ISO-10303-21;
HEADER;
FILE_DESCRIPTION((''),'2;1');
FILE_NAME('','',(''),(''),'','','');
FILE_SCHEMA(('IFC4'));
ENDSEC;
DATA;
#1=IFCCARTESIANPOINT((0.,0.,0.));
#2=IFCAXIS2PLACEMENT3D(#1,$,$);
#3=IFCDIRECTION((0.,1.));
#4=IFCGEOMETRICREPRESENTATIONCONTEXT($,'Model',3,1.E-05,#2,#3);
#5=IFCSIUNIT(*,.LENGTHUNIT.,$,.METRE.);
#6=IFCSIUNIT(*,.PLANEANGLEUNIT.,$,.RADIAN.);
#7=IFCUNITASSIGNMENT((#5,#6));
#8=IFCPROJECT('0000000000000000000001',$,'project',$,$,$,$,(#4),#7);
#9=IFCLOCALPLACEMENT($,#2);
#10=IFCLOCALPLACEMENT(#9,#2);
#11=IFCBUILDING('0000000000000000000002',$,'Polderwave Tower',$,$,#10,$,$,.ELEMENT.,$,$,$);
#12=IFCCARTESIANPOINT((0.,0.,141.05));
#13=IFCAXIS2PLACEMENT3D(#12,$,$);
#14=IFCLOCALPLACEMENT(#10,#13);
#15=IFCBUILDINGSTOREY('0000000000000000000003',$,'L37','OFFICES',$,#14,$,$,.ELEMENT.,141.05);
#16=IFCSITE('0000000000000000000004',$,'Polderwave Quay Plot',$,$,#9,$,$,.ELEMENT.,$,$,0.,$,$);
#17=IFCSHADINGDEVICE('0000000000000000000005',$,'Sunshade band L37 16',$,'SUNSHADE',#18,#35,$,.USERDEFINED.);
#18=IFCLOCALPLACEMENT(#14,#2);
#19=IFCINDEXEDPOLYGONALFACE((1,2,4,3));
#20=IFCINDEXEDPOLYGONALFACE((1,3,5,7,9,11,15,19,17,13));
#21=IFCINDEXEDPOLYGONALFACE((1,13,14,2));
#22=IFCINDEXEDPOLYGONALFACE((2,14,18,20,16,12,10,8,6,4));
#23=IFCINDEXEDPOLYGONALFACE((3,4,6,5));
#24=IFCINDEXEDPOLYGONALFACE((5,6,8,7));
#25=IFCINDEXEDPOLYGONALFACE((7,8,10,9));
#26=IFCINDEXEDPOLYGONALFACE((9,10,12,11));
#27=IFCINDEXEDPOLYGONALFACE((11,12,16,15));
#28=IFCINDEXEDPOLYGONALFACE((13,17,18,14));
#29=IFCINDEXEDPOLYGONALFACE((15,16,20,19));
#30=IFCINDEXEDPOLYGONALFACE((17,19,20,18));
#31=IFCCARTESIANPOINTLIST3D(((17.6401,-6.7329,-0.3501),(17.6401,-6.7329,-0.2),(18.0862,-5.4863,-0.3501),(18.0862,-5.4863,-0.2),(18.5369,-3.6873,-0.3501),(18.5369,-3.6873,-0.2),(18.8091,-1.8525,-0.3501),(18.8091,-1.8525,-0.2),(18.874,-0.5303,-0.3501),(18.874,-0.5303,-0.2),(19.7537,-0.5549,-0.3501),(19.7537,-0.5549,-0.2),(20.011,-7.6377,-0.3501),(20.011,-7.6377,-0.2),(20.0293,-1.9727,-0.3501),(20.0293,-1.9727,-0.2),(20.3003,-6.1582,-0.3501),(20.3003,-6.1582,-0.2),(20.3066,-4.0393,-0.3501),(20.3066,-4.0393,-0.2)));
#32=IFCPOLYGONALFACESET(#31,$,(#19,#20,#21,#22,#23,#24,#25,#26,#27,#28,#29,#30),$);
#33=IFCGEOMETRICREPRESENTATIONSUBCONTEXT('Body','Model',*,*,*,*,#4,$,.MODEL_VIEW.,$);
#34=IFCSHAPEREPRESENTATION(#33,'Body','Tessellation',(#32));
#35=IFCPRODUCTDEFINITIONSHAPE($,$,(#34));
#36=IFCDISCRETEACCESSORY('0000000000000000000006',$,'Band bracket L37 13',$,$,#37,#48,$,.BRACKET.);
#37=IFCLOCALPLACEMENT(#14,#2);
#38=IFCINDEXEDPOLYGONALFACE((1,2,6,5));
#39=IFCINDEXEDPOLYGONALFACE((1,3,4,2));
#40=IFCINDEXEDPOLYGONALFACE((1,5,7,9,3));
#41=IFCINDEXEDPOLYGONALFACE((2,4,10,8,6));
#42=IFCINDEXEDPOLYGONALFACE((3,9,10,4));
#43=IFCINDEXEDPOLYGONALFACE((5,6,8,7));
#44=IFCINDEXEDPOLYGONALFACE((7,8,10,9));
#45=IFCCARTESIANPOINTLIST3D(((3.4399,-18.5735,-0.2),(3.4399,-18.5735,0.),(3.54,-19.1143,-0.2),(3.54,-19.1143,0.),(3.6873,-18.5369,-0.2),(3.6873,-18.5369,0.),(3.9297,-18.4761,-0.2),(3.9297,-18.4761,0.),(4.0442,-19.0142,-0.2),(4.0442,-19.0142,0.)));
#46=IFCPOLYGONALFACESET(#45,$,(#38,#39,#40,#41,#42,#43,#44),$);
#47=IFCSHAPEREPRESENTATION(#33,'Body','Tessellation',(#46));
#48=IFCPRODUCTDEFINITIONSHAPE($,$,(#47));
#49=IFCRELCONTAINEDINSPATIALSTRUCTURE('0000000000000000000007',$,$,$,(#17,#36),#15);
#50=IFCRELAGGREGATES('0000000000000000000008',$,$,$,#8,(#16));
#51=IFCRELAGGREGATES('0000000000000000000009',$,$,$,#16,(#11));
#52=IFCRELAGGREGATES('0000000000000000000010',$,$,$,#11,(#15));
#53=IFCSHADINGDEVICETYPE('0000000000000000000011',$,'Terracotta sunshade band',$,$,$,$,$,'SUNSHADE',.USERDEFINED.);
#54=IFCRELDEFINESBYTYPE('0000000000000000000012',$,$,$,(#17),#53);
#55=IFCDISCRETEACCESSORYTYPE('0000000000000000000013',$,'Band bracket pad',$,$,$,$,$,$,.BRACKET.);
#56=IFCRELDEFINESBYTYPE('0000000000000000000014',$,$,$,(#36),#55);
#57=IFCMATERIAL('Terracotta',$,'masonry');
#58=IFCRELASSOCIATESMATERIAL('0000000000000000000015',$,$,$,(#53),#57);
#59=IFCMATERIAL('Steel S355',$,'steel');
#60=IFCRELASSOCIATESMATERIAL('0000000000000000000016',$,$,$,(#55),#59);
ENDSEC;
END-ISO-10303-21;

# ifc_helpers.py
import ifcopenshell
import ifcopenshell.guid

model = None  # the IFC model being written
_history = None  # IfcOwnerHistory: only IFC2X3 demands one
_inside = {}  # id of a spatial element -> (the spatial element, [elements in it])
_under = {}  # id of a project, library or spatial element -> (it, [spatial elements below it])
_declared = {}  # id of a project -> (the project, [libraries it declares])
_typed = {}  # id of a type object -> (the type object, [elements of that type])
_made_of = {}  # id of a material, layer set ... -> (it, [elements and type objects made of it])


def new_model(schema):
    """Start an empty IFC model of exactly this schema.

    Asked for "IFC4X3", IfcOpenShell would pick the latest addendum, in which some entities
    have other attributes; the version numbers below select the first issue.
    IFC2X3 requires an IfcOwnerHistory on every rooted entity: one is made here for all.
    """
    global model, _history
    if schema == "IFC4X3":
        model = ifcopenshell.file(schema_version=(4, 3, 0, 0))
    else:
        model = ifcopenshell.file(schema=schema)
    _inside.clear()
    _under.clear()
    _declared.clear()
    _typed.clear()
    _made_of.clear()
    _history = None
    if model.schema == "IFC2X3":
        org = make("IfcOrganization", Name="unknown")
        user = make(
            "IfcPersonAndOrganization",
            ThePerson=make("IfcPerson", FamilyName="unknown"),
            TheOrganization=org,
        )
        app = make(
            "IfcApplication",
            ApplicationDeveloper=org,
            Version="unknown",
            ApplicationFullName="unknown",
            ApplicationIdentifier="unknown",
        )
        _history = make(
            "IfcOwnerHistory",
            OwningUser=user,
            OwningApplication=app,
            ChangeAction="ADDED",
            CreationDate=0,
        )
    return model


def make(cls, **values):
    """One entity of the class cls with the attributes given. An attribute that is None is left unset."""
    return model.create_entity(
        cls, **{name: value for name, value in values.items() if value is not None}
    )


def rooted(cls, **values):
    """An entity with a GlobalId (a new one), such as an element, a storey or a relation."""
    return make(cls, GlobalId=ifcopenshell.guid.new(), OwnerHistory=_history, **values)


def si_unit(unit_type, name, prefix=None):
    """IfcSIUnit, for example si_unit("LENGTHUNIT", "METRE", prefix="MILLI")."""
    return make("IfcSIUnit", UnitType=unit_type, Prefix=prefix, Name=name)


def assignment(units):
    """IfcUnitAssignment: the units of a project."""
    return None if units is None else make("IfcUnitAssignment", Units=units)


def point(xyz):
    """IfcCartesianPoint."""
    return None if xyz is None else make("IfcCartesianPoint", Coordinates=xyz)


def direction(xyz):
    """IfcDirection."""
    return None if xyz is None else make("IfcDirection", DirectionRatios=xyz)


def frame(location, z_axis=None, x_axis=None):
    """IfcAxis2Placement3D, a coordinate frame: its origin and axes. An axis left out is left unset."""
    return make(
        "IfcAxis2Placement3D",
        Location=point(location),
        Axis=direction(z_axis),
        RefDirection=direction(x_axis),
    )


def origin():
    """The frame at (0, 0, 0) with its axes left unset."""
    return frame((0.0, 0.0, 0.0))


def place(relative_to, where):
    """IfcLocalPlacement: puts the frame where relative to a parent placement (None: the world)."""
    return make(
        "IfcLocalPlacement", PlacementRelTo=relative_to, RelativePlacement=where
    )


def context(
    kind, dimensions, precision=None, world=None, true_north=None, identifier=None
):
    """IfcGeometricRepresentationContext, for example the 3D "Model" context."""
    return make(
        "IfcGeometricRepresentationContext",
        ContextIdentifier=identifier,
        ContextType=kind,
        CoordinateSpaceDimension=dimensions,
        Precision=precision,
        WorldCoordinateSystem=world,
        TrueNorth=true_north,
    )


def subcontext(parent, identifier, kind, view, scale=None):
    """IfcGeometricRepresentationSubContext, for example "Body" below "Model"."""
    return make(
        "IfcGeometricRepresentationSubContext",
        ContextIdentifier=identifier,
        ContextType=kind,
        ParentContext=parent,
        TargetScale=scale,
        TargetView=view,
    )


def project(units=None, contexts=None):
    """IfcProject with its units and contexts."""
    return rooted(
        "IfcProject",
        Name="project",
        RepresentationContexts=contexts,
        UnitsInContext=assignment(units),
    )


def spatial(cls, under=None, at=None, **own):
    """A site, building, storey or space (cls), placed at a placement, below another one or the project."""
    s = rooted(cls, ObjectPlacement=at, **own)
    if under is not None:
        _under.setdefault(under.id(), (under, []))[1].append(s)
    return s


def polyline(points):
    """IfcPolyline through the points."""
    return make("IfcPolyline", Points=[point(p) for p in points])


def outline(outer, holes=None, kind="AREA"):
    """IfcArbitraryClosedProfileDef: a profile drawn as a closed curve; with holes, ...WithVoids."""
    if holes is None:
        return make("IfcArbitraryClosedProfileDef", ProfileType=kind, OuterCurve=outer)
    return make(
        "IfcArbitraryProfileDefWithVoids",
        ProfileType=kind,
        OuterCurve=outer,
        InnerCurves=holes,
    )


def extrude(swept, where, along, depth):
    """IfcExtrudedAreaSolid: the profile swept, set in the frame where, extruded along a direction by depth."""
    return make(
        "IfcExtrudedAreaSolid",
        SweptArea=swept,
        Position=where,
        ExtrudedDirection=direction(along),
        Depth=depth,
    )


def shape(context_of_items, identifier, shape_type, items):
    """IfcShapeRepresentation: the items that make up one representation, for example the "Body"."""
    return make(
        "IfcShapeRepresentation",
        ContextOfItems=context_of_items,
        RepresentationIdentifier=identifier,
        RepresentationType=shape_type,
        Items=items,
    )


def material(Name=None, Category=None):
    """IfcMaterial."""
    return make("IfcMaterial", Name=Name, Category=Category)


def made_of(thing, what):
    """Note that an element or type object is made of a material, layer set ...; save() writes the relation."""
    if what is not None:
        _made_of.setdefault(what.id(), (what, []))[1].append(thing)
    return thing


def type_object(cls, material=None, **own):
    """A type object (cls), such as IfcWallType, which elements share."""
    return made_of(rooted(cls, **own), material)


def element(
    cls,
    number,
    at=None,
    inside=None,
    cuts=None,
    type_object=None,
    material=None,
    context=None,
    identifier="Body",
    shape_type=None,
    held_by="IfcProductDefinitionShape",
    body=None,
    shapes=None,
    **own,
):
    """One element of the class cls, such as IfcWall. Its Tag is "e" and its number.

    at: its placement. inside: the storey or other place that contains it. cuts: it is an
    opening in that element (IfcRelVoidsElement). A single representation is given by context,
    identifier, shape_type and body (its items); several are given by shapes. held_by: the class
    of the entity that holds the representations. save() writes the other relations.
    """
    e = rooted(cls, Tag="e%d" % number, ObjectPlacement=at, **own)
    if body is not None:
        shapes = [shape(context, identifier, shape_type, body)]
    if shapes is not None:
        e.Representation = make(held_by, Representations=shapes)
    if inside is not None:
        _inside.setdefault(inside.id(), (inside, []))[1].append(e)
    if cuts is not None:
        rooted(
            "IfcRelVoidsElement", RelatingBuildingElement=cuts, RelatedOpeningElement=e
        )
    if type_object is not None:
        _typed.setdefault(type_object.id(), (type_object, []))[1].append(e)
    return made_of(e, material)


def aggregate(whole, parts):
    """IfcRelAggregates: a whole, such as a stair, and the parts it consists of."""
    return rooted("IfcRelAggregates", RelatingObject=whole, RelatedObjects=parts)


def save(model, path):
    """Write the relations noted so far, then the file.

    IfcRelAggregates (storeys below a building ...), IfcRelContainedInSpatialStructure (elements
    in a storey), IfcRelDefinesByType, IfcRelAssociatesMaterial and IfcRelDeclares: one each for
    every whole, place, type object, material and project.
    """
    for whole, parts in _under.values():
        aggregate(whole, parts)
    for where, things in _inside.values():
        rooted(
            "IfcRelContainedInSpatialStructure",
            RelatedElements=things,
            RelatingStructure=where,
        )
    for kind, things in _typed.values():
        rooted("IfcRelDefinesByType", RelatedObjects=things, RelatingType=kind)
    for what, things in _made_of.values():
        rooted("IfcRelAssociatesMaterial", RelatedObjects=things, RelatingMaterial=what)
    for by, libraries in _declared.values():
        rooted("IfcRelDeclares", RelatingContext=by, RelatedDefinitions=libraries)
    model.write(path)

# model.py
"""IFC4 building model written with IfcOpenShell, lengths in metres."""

from ifc_helpers import new_model, si_unit, direction, frame, origin, place, context, subcontext, project, spatial, polyline, outline, extrude, material, type_object, element, save


model = new_model("IFC4")

# Units and contexts
model_context = context("Model", 3, precision=1e-05, world=origin(), true_north=direction((0.0, 1.0)))
body_context = subcontext(model_context, "Body", "Model", "MODEL_VIEW")
ifc_project = project(units=[si_unit("LENGTHUNIT", "METRE"), si_unit("PLANEANGLEUNIT", "RADIAN")], contexts=[model_context])

# Site, building, storey
site_placement = place(None, origin())
site = spatial("IfcSite", under=ifc_project, at=site_placement, Name="Polderwave Quay Plot", CompositionType="ELEMENT", RefElevation=0.0)
building_placement = place(site_placement, origin())
building = spatial("IfcBuilding", under=site, at=building_placement, Name="Polderwave Tower", CompositionType="ELEMENT")
storey_placement = place(building_placement, frame((0.0, 0.0, 141.05)))
storey = spatial("IfcBuildingStorey", under=building, at=storey_placement, Name="L37", Description="OFFICES", CompositionType="ELEMENT", Elevation=141.05)

# Shading device
ifc_material_1 = material(Name="Terracotta", Category="masonry")
shading_device_type = type_object("IfcShadingDeviceType", Name="Terracotta sunshade band", ElementType="SUNSHADE", PredefinedType="USERDEFINED", material=ifc_material_1)
shading_device_1_placement = place(storey_placement, frame((0.0, 0.0, -0.3501)))
element("IfcShadingDevice", 1, at=shading_device_1_placement, inside=storey, type_object=shading_device_type, Name="Sunshade band L37 16", ObjectType="SUNSHADE", PredefinedType="USERDEFINED", context=body_context, shape_type="SweptSolid", body=[
    extrude(outline(polyline([(17.6401, -6.7329), (18.0862, -5.4863), (18.5369, -3.6873), (18.8091, -1.8525), (18.874, -0.5303), (19.7537, -0.5549), (20.0293, -1.9727), (20.3066, -4.0393), (20.3003, -6.1582), (20.011, -7.6377), (17.6401, -6.7329)])), origin(), (0.0, 0.0, 1.0), 0.1501),
])

# Discrete accessory
ifc_material_2 = material(Name="Steel S355", Category="steel")
discrete_accessory_type = type_object("IfcDiscreteAccessoryType", Name="Band bracket pad", PredefinedType="BRACKET", material=ifc_material_2)
discrete_accessory_placement = place(storey_placement, frame((0.0, 0.0, -0.2)))
element("IfcDiscreteAccessory", 2, at=discrete_accessory_placement, inside=storey, type_object=discrete_accessory_type, Name="Band bracket L37 13", PredefinedType="BRACKET", context=body_context, shape_type="SweptSolid", body=[
    extrude(outline(polyline([(3.4399, -18.5735), (3.6873, -18.5369), (3.9297, -18.4761), (4.0442, -19.0142), (3.54, -19.1143), (3.4399, -18.5735)])), origin(), (0.0, 0.0, 1.0), 0.2),
])

save(model, "model.ifc")
